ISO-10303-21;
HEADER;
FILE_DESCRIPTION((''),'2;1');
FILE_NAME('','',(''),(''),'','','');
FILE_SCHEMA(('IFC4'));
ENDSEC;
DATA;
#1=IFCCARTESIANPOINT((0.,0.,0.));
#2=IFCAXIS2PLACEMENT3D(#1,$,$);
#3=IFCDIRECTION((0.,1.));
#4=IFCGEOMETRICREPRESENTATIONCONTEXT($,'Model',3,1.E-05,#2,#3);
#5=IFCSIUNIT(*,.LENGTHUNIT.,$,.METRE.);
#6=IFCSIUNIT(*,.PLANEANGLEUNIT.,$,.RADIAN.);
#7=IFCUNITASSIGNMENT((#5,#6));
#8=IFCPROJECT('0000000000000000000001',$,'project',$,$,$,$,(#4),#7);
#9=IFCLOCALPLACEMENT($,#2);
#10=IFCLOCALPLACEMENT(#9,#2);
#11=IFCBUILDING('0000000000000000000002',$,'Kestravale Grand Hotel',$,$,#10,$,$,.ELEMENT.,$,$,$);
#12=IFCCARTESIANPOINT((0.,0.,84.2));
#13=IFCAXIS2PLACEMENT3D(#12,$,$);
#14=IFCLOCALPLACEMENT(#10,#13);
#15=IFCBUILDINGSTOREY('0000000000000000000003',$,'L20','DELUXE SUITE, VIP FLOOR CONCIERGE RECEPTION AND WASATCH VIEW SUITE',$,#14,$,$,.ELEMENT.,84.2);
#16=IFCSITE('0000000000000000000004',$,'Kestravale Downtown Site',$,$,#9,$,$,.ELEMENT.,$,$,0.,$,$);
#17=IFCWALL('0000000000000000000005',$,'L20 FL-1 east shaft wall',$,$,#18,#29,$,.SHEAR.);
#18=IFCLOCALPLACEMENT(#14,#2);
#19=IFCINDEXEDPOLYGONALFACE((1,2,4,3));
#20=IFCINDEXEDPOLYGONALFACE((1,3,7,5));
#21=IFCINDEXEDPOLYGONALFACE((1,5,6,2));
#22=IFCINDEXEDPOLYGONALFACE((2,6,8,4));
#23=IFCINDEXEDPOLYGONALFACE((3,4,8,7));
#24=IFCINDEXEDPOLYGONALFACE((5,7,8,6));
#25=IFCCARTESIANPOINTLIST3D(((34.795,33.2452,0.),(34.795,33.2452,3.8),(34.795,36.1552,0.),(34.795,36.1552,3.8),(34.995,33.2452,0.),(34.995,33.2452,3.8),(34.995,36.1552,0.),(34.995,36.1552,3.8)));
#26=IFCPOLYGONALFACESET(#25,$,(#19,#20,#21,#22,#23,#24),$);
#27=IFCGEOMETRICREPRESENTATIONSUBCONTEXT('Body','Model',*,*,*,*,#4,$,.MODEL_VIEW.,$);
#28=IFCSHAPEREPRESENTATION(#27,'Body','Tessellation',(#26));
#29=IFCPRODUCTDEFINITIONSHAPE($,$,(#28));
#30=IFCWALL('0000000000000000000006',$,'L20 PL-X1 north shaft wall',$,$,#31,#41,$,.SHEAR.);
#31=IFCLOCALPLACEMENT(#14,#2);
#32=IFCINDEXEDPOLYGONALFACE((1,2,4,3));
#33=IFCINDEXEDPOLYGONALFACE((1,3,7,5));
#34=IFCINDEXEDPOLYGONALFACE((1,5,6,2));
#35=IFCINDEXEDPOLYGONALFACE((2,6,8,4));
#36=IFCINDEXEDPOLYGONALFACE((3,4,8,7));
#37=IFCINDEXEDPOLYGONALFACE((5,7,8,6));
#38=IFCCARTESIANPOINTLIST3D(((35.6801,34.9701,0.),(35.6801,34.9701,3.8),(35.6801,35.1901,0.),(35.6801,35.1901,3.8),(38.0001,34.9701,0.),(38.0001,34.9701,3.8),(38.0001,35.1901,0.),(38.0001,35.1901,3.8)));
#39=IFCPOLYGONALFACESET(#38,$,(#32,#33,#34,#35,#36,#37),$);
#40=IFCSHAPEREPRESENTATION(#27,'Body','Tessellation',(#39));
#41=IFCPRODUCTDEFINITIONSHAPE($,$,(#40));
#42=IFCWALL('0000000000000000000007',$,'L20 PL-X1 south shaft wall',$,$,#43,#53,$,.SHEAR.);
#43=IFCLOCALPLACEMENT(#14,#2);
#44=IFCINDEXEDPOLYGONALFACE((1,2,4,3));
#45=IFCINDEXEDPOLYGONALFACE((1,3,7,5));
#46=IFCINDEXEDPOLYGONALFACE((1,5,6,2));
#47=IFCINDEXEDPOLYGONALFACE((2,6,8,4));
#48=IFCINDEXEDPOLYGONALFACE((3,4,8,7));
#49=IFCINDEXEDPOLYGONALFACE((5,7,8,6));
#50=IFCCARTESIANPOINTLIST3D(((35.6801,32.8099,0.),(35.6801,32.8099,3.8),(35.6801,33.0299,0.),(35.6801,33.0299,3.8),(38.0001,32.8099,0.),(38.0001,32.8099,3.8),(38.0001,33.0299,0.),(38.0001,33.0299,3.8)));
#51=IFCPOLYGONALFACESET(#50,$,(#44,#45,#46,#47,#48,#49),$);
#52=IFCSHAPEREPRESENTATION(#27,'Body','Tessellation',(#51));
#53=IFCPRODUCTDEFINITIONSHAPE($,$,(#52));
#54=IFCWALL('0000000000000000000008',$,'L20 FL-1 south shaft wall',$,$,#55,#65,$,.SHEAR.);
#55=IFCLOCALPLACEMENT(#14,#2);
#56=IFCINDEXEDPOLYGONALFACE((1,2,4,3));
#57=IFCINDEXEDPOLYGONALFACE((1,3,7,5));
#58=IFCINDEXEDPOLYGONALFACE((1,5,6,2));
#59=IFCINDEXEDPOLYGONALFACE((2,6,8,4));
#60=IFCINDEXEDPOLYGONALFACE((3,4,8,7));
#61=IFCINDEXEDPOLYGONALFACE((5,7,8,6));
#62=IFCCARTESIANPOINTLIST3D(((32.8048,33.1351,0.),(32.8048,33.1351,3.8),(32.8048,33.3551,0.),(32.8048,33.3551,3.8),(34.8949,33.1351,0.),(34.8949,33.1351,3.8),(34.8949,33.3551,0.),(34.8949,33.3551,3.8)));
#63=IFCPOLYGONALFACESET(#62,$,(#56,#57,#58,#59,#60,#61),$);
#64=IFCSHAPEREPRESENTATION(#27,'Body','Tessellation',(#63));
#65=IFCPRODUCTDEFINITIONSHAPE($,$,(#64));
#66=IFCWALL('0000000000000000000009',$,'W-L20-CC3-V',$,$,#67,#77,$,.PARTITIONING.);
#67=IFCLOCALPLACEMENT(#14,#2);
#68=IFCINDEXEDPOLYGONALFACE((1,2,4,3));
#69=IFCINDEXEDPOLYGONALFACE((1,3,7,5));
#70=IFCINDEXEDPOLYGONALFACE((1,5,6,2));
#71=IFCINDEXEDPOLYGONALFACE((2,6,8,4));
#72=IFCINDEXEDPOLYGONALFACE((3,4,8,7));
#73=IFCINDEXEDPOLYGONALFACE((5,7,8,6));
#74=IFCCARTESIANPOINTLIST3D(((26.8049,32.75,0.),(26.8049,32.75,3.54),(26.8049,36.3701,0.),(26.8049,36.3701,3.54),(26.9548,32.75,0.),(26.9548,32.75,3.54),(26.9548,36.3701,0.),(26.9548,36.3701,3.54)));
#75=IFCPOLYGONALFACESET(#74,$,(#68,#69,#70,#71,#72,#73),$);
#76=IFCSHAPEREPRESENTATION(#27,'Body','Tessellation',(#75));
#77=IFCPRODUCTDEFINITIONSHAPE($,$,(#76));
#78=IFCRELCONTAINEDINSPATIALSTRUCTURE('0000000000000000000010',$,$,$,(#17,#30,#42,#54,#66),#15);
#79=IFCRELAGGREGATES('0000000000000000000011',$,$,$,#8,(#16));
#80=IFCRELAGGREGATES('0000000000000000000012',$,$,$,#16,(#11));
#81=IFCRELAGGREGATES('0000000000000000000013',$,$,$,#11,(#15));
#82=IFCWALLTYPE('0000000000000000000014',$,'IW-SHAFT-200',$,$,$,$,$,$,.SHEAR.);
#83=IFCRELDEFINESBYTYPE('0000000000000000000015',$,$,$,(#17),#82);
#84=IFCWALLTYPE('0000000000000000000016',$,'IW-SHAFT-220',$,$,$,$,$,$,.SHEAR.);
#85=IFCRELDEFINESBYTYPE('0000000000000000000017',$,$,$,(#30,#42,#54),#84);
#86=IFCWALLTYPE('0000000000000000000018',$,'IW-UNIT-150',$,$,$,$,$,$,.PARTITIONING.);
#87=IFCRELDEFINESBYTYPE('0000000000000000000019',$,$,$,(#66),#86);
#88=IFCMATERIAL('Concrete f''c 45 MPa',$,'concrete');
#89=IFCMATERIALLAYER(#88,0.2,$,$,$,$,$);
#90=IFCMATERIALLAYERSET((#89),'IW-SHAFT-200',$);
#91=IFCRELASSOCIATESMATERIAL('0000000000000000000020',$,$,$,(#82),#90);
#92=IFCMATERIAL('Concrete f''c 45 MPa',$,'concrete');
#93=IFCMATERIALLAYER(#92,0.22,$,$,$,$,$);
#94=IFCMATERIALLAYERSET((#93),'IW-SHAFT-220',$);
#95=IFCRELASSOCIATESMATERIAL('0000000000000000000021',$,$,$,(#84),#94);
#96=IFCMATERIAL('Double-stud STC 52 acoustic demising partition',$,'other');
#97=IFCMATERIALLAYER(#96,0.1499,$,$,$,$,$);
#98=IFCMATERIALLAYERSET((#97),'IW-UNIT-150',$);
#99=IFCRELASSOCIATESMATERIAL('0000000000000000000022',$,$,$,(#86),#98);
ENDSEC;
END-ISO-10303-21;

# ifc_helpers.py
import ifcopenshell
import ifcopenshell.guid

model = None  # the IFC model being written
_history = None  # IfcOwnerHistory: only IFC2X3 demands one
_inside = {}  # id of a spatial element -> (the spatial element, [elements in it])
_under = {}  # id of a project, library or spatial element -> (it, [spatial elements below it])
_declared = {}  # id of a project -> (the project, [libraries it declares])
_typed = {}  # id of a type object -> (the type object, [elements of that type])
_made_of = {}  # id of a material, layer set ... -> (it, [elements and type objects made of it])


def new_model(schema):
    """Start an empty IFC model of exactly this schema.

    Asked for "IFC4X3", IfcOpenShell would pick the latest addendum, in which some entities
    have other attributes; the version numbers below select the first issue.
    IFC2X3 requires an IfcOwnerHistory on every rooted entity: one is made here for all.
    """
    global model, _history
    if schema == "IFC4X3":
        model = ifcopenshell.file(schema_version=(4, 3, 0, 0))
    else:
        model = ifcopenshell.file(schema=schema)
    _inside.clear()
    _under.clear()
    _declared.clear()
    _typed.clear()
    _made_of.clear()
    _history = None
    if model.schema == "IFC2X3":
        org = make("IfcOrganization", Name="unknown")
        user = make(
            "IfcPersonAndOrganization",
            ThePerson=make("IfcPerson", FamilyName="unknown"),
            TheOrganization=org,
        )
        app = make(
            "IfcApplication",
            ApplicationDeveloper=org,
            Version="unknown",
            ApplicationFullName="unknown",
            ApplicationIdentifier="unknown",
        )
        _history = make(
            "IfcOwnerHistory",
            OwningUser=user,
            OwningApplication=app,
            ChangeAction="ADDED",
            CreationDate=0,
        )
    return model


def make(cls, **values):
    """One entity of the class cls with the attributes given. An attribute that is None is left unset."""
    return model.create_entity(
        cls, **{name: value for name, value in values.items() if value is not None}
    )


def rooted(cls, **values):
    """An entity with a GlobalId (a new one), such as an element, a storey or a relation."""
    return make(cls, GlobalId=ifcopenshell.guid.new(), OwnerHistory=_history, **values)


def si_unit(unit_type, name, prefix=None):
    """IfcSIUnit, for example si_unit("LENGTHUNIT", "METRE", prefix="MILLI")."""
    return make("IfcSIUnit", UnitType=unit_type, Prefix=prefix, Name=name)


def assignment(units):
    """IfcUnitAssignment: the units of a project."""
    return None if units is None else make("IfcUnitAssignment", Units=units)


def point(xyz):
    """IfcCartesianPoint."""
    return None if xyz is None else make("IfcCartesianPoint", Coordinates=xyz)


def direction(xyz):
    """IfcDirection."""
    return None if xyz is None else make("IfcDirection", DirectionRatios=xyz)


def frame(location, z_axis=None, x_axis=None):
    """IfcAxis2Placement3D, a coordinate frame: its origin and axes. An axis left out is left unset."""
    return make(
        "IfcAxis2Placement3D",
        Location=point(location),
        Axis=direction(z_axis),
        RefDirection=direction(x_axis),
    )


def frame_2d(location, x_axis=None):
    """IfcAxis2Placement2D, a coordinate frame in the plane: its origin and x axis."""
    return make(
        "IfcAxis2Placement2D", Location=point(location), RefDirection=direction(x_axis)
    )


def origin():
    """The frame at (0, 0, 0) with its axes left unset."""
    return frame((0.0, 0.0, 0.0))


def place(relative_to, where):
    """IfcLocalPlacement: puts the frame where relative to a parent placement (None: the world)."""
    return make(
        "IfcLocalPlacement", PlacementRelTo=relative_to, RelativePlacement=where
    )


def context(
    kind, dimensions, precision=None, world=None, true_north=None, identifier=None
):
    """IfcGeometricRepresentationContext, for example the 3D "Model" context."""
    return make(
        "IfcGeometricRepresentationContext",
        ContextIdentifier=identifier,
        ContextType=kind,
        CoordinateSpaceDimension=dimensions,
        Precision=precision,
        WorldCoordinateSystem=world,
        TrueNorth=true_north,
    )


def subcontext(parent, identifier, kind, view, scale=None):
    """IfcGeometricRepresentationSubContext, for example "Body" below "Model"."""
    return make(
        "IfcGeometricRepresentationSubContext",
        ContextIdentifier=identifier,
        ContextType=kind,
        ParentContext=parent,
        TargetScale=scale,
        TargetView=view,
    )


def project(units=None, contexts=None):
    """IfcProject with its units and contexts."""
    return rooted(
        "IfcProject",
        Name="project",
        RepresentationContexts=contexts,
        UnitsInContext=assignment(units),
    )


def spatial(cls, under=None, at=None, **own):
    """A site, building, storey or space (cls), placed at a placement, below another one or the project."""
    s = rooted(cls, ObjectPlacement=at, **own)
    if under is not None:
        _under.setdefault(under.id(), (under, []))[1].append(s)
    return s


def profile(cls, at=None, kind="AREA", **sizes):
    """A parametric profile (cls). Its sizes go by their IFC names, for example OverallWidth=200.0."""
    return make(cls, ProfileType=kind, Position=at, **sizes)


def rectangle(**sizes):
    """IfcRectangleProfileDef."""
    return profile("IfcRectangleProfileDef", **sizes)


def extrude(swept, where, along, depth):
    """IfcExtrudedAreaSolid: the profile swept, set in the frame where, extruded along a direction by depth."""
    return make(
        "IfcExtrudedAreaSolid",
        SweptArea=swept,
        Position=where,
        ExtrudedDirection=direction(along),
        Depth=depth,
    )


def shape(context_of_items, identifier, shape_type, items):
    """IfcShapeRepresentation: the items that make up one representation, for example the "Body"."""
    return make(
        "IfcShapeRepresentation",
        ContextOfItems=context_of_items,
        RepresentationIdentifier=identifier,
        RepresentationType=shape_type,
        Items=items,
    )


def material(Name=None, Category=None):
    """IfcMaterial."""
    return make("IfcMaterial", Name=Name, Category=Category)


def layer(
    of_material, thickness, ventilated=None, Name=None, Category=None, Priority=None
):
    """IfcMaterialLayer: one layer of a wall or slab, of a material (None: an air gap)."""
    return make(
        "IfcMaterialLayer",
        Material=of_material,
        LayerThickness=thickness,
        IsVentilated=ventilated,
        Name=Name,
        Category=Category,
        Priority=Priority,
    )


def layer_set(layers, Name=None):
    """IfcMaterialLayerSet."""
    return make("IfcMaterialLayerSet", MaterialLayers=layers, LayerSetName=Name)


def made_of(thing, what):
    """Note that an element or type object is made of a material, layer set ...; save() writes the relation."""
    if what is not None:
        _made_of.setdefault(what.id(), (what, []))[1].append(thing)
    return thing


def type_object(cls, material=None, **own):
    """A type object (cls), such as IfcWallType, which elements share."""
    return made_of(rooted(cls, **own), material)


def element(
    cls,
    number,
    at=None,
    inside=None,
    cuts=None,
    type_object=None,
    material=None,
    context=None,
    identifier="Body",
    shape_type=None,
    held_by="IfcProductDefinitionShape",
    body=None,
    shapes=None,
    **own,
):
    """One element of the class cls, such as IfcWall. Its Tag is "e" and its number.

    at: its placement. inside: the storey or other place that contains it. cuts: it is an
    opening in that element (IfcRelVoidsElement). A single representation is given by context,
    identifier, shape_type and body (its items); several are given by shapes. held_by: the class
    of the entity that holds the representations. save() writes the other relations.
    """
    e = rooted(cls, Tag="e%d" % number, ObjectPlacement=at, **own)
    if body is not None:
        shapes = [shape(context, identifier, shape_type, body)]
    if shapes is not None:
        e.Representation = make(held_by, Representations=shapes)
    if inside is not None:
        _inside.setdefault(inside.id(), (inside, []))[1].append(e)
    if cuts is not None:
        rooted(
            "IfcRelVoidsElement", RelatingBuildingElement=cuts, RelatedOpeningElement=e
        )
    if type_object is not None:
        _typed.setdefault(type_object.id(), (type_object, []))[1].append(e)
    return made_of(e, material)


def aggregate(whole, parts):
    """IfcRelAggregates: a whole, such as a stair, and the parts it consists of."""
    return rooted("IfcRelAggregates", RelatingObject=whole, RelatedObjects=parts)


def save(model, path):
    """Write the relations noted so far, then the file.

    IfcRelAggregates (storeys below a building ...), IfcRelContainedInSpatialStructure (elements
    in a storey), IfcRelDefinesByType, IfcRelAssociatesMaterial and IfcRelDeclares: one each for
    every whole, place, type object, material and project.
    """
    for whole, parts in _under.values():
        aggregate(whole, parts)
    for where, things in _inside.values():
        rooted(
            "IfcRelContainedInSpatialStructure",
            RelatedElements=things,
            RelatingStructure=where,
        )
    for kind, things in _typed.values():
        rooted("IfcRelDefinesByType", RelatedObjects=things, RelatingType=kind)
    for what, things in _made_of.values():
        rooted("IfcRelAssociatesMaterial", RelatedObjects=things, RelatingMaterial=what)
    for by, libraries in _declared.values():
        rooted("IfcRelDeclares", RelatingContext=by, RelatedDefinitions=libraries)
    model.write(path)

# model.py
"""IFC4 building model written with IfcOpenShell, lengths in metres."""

from ifc_helpers import new_model, si_unit, direction, frame, frame_2d, origin, place, context, subcontext, project, spatial, rectangle, extrude, material, layer, layer_set, type_object, element, save


model = new_model("IFC4")

# Units and contexts
model_context = context("Model", 3, precision=1e-05, world=origin(), true_north=direction((0.0, 1.0)))
body_context = subcontext(model_context, "Body", "Model", "MODEL_VIEW")
ifc_project = project(units=[si_unit("LENGTHUNIT", "METRE"), si_unit("PLANEANGLEUNIT", "RADIAN")], contexts=[model_context])

# Site, building, storey
site_placement = place(None, origin())
site = spatial("IfcSite", under=ifc_project, at=site_placement, Name="Kestravale Downtown Site", CompositionType="ELEMENT", RefElevation=0.0)
building_placement = place(site_placement, origin())
building = spatial("IfcBuilding", under=site, at=building_placement, Name="Kestravale Grand Hotel", CompositionType="ELEMENT")
storey_placement = place(building_placement, frame((0.0, 0.0, 84.2)))
storey = spatial("IfcBuildingStorey", under=building, at=storey_placement, Name="L20", Description="DELUXE SUITE, VIP FLOOR CONCIERGE RECEPTION AND WASATCH VIEW SUITE", CompositionType="ELEMENT", Elevation=84.2)

# Wall
ifc_material_1 = material(Name="Concrete f'c 45 MPa", Category="concrete")
ifc_layer_1 = layer(ifc_material_1, 0.2)
ifc_layer_set_1 = layer_set([ifc_layer_1], Name="IW-SHAFT-200")
wall_type_1 = type_object("IfcWallType", Name="IW-SHAFT-200", PredefinedType="SHEAR", material=ifc_layer_set_1)
for number, where, z_axis, x_axis, name in (
    (1, (34.895, 33.2451, 0.0), (0.0, 0.0, 1.0), (0.0, 1.0, 0.0), "L20 FL-1 east shaft wall"),
):
    element("IfcWall", number, at=place(storey_placement, frame(where, z_axis=z_axis, x_axis=x_axis)), inside=storey, type_object=wall_type_1, Name=name, PredefinedType="SHEAR", context=body_context, shape_type="SweptSolid", body=[
        extrude(rectangle(XDim=2.9099, YDim=0.2, at=frame_2d((1.4551, 0.0))), origin(), (0.0, 0.0, 1.0), 3.8),
    ])

# Shared definitions
ifc_material_2 = material(Name="Concrete f'c 45 MPa", Category="concrete")
ifc_layer_2 = layer(ifc_material_2, 0.22)
ifc_layer_set_2 = layer_set([ifc_layer_2], Name="IW-SHAFT-220")
wall_type_2 = type_object("IfcWallType", Name="IW-SHAFT-220", PredefinedType="SHEAR", material=ifc_layer_set_2)

# Walls
for number, where, z_axis, x_axis, name in (
    (2, (35.6799, 35.0801, 0.0), (0.0, 0.0, 1.0), (1.0, 0.0, 0.0), "L20 PL-X1 north shaft wall"),
    (3, (35.6799, 32.9199, 0.0), (0.0, 0.0, 1.0), (1.0, 0.0, 0.0), "L20 PL-X1 south shaft wall"),
):
    element("IfcWall", number, at=place(storey_placement, frame(where, z_axis=z_axis, x_axis=x_axis)), inside=storey, type_object=wall_type_2, Name=name, PredefinedType="SHEAR", context=body_context, shape_type="SweptSolid", body=[
        extrude(rectangle(XDim=2.3201, YDim=0.22, at=frame_2d((1.1602, 0.0))), origin(), (0.0, 0.0, 1.0), 3.8),
    ])
wall_1_placement = place(storey_placement, frame((32.8049, 33.2451, 0.0), z_axis=(0.0, 0.0, 1.0), x_axis=(1.0, 0.0, 0.0)))
element("IfcWall", 4, at=wall_1_placement, inside=storey, type_object=wall_type_2, Name="L20 FL-1 south shaft wall", PredefinedType="SHEAR", context=body_context, shape_type="SweptSolid", body=[
    extrude(rectangle(XDim=2.0901, YDim=0.22, at=frame_2d((1.0449, 0.0))), origin(), (0.0, 0.0, 1.0), 3.8),
])
ifc_material_3 = material(Name="Double-stud STC 52 acoustic demising partition", Category="other")
ifc_layer_3 = layer(ifc_material_3, 0.1499)
ifc_layer_set_3 = layer_set([ifc_layer_3], Name="IW-UNIT-150")
wall_type_3 = type_object("IfcWallType", Name="IW-UNIT-150", PredefinedType="PARTITIONING", material=ifc_layer_set_3)
wall_2_placement = place(storey_placement, frame((26.8799, 32.75, 0.0), z_axis=(0.0, 0.0, 1.0), x_axis=(0.0, 1.0, 0.0)))
element("IfcWall", 5, at=wall_2_placement, inside=storey, type_object=wall_type_3, Name="W-L20-CC3-V", PredefinedType="PARTITIONING", context=body_context, shape_type="SweptSolid", body=[
    extrude(rectangle(XDim=3.6201, YDim=0.1499, at=frame_2d((1.8101, 0.0))), origin(), (0.0, 0.0, 1.0), 3.54),
])

save(model, "model.ifc")
